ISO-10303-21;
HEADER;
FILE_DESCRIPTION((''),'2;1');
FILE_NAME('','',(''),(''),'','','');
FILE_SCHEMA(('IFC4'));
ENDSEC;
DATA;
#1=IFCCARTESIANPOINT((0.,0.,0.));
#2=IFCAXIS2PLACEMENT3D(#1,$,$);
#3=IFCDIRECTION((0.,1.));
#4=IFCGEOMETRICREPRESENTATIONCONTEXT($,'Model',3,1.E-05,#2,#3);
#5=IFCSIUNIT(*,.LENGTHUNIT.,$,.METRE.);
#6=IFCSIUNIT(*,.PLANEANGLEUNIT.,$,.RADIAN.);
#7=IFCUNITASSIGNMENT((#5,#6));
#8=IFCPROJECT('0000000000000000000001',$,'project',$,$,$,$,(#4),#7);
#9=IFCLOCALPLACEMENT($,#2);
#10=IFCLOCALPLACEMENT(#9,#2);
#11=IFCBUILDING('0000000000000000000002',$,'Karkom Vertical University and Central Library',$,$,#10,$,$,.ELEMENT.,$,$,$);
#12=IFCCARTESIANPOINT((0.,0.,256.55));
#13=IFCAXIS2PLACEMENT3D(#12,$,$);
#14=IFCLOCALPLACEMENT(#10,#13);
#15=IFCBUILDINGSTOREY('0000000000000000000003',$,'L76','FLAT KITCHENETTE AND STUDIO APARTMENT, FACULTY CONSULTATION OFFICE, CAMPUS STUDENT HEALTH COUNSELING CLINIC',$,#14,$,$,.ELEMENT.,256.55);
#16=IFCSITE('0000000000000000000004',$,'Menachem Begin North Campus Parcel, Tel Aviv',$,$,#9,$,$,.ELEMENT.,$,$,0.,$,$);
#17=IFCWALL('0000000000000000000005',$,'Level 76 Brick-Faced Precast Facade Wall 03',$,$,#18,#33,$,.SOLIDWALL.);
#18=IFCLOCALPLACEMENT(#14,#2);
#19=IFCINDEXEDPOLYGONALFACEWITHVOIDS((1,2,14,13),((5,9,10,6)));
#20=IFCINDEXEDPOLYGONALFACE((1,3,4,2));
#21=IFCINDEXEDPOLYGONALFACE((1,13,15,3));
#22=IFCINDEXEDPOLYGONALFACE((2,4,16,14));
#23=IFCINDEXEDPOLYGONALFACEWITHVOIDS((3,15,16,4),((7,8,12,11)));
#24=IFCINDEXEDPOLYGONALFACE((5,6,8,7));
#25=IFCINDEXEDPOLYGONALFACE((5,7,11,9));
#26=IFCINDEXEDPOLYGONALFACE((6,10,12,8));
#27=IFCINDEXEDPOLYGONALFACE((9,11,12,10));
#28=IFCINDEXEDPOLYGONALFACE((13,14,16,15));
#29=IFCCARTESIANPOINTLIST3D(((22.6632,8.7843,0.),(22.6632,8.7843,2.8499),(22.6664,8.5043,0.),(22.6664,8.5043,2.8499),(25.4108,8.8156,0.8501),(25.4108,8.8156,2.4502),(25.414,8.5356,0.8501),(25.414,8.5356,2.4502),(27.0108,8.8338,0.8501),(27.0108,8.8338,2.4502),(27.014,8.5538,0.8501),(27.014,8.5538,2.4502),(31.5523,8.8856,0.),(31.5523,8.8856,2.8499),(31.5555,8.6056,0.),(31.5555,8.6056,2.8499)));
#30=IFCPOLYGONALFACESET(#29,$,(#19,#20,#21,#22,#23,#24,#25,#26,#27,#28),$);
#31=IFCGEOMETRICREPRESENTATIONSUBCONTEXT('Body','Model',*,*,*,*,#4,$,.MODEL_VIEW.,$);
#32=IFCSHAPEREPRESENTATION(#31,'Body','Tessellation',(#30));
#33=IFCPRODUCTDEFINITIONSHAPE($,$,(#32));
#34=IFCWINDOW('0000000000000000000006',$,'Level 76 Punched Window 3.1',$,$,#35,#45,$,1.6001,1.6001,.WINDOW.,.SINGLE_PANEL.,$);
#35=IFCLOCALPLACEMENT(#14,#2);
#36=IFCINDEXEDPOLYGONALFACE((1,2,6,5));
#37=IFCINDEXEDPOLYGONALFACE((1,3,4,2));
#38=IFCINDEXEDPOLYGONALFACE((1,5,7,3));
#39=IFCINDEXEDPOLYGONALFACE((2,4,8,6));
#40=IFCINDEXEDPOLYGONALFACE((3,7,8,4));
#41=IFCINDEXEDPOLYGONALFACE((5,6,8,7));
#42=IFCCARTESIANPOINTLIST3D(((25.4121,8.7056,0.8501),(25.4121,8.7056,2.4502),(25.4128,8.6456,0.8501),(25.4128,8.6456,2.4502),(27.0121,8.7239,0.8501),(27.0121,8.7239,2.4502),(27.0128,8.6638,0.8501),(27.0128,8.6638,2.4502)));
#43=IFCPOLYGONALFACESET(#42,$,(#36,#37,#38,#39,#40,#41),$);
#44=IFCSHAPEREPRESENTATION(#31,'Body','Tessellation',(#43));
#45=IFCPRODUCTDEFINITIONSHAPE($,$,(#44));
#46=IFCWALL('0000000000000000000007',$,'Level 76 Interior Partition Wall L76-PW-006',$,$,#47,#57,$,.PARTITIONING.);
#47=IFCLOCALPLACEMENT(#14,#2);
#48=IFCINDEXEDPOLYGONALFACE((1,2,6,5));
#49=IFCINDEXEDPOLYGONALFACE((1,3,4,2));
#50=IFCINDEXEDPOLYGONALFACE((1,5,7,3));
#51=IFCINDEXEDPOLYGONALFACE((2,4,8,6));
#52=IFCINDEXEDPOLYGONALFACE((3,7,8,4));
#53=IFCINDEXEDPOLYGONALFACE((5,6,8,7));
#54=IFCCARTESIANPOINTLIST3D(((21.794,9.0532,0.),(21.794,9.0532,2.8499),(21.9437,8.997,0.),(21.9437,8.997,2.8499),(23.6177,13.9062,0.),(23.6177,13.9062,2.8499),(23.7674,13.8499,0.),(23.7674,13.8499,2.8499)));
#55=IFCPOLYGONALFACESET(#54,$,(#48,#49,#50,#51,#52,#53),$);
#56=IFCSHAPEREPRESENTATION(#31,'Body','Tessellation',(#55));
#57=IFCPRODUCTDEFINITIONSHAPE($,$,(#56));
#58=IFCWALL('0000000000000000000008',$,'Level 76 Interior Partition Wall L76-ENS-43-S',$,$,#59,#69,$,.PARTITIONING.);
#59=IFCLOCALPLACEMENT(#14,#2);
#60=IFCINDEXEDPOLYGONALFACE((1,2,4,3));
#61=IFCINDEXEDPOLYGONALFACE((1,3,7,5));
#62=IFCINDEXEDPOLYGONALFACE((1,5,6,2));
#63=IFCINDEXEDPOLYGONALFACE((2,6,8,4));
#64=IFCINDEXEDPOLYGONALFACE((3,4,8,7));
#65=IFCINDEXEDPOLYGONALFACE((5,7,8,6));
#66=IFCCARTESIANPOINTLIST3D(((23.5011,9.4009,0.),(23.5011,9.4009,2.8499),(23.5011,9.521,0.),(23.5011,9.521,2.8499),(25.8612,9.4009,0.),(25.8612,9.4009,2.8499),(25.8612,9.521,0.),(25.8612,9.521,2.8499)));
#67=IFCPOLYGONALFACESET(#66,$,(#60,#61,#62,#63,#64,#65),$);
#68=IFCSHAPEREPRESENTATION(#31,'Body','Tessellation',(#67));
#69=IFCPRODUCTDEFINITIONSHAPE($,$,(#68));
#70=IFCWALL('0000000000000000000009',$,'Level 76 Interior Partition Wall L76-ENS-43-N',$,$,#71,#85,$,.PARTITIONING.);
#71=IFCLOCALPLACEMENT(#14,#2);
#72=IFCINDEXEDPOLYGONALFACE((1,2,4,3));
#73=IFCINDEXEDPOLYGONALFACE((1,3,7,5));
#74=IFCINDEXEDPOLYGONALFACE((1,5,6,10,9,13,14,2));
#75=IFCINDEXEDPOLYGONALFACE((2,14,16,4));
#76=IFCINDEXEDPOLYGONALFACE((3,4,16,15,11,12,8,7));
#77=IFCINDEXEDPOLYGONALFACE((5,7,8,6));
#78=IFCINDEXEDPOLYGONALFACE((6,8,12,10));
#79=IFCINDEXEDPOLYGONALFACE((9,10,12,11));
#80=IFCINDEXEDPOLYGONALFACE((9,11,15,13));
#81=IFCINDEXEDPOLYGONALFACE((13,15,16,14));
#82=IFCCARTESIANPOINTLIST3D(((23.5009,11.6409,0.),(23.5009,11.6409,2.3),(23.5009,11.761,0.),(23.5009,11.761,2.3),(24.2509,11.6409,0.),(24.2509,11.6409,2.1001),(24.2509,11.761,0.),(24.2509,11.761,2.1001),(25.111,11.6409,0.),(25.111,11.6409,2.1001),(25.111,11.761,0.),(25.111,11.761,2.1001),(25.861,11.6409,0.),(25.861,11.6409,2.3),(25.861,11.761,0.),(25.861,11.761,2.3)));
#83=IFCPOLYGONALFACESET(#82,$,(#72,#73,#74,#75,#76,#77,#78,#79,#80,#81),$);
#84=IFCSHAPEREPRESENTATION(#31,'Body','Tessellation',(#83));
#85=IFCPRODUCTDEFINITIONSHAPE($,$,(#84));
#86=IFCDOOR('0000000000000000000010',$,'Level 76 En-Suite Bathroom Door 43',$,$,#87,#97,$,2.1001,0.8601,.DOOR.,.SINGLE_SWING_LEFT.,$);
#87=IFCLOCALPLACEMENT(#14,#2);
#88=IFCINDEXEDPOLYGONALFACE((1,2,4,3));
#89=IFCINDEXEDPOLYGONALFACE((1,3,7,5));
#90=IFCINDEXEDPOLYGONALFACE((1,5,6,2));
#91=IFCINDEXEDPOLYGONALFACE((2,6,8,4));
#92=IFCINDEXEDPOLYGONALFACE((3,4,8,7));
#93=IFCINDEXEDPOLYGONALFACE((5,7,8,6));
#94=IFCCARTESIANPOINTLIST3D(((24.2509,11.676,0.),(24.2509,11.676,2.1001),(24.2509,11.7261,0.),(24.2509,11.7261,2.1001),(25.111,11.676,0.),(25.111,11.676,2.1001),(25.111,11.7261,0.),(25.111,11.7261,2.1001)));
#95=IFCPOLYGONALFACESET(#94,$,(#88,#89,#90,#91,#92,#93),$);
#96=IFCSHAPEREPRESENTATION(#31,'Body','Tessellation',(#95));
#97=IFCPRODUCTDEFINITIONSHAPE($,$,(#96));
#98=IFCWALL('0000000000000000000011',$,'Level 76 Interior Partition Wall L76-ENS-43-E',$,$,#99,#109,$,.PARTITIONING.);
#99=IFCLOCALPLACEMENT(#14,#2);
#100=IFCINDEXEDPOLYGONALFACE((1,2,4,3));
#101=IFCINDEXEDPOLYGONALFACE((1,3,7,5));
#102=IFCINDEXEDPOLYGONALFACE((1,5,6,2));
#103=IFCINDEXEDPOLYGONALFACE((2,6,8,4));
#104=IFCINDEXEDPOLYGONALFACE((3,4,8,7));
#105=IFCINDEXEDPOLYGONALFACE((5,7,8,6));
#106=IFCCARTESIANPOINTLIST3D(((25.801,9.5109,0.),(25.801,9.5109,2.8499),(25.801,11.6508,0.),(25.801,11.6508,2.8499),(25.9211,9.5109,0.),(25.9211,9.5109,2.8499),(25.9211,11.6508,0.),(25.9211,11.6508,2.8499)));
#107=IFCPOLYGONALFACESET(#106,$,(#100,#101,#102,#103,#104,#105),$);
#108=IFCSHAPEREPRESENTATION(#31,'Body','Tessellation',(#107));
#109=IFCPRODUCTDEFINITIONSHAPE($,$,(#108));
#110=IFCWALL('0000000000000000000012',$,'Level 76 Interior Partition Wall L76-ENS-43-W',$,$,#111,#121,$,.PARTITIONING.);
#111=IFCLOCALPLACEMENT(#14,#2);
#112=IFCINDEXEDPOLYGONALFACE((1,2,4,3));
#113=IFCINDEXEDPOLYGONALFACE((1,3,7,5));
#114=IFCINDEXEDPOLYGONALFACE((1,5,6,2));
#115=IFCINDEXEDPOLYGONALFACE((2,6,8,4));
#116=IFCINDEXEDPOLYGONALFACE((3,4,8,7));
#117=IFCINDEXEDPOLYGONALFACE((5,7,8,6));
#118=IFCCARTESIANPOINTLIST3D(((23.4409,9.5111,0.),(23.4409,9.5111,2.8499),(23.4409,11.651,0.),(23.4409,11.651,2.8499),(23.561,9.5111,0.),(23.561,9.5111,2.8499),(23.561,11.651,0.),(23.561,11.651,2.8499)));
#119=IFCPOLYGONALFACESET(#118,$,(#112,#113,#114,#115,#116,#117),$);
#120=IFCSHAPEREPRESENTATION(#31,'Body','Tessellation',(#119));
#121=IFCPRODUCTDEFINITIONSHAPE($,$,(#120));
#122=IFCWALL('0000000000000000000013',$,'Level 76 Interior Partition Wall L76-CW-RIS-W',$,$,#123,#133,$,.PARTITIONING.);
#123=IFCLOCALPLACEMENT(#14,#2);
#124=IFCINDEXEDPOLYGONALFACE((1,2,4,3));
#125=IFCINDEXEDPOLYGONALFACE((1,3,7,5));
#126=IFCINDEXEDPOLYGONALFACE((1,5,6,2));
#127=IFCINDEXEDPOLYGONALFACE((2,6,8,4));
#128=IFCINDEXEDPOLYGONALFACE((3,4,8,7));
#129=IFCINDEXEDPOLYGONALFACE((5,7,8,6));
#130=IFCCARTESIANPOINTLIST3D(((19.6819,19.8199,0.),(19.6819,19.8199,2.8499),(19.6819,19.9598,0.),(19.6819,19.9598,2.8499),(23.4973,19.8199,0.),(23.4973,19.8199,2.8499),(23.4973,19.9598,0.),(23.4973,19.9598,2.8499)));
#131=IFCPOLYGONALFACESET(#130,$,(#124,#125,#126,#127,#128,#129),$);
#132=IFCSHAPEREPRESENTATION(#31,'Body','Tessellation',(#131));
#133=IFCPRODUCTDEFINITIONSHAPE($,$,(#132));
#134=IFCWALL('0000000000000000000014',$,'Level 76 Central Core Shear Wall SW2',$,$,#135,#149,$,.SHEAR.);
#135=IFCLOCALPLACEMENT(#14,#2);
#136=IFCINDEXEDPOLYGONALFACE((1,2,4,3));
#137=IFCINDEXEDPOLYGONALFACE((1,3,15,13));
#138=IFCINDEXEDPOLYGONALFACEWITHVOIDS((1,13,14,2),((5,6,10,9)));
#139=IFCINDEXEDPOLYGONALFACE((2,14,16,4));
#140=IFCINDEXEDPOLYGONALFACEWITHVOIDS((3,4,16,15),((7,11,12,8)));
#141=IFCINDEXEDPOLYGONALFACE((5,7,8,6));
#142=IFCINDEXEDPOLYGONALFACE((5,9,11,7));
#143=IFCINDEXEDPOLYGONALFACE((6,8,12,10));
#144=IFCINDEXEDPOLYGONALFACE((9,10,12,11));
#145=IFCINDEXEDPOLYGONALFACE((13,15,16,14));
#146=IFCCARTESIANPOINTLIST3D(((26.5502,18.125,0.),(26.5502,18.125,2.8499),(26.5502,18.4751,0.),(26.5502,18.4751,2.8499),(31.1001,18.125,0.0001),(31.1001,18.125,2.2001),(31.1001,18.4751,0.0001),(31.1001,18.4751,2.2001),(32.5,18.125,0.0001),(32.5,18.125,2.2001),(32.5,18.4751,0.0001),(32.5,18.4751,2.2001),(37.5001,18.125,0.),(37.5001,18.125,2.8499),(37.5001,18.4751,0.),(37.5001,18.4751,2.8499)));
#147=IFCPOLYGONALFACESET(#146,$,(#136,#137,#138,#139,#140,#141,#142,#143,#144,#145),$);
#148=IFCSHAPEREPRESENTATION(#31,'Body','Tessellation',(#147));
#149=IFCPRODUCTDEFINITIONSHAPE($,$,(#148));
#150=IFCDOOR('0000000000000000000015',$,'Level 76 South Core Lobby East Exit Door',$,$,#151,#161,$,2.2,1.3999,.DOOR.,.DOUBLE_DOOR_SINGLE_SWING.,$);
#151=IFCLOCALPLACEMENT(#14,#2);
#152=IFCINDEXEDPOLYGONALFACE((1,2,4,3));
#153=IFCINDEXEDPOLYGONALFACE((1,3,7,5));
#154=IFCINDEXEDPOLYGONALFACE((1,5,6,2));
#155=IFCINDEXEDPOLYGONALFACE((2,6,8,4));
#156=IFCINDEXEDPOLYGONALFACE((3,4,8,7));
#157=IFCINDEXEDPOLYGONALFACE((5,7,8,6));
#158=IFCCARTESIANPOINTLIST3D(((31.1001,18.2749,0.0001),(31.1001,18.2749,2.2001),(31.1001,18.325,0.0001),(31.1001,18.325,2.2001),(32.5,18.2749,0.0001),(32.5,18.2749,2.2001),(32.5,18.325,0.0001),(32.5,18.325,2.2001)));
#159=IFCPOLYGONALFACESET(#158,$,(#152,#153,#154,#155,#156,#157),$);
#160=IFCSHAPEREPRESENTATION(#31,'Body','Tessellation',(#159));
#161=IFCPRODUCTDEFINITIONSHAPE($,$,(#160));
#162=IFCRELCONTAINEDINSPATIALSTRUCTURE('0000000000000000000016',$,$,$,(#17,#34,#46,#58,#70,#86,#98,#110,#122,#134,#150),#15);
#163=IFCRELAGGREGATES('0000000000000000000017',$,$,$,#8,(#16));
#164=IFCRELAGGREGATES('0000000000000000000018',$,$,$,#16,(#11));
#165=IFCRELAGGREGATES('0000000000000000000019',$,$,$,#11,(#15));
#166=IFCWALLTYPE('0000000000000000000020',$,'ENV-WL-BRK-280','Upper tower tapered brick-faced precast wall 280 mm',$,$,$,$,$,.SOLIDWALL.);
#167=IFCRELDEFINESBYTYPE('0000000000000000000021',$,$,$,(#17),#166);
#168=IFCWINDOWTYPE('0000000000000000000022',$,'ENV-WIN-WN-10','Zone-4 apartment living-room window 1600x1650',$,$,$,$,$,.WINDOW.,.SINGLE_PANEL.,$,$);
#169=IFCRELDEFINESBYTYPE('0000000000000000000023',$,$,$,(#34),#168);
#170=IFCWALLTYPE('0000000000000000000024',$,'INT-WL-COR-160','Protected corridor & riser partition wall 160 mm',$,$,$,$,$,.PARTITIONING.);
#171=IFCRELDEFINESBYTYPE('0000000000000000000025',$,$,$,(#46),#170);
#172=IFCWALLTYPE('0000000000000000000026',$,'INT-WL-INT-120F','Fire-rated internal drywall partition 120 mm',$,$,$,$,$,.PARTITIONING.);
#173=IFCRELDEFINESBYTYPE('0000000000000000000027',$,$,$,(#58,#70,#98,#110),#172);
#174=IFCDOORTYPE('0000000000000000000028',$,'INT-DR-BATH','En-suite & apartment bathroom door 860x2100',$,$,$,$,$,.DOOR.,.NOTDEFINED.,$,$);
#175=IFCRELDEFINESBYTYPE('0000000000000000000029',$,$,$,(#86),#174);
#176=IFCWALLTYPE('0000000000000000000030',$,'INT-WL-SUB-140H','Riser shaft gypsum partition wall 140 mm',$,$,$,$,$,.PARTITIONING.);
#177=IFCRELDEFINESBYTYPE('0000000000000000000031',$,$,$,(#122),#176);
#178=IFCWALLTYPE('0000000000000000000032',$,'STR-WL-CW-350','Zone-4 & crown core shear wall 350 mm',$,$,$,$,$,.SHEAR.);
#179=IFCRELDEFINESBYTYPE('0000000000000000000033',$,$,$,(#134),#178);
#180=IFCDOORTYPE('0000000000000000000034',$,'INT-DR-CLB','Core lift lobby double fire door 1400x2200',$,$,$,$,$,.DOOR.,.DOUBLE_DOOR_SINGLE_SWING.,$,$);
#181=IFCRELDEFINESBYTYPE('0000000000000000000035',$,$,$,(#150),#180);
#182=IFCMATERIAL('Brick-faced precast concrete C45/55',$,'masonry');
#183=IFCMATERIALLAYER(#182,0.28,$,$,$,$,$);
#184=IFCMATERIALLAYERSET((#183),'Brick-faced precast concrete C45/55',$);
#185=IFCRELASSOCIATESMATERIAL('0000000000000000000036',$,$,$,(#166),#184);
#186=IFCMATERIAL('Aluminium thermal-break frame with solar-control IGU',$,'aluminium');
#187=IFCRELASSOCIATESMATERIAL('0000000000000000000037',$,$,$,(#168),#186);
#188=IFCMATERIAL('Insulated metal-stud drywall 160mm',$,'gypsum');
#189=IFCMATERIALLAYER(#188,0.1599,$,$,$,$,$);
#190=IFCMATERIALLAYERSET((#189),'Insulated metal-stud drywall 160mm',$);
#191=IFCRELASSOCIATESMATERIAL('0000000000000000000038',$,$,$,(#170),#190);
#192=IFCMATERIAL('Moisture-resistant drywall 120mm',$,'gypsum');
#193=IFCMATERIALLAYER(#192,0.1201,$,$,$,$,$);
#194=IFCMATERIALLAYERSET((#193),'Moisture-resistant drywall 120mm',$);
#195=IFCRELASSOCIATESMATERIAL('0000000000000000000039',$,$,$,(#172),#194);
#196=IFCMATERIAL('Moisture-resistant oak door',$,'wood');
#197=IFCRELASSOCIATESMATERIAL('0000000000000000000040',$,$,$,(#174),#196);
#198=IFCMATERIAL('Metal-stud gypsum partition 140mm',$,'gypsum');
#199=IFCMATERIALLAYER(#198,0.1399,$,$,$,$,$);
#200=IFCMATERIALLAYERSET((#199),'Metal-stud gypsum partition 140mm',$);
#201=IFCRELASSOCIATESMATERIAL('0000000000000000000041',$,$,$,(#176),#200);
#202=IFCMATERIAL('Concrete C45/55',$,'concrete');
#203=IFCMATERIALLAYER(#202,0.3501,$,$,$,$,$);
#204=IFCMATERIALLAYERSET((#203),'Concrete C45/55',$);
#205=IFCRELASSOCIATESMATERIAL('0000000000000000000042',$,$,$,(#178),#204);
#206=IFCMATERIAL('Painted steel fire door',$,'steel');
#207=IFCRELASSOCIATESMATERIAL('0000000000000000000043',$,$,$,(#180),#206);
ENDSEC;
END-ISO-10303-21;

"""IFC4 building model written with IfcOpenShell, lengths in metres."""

from ifc_helpers import new_model, si_unit, direction, frame, frame_2d, origin, origin_with_axes, place, context, subcontext, project, spatial, rectangle, extrude, source, transform, mapped, material, layer, layer_set, type_object, element, fill, save


model = new_model("IFC4")

# Units and contexts
model_context = context("Model", 3, precision=1e-05, world=origin(), true_north=direction((0.0, 1.0)))
body_context = subcontext(model_context, "Body", "Model", "MODEL_VIEW")
ifc_project = project(units=[si_unit("LENGTHUNIT", "METRE"), si_unit("PLANEANGLEUNIT", "RADIAN")], contexts=[model_context])

# Site, building, storey
site_placement = place(None, origin())
site = spatial("IfcSite", under=ifc_project, at=site_placement, Name="Menachem Begin North Campus Parcel, Tel Aviv", CompositionType="ELEMENT", RefElevation=0.0)
building_placement = place(site_placement, origin())
building = spatial("IfcBuilding", under=site, at=building_placement, Name="Karkom Vertical University and Central Library", CompositionType="ELEMENT")
storey_placement = place(building_placement, frame((0.0, 0.0, 256.55)))
storey = spatial("IfcBuildingStorey", under=building, at=storey_placement, Name="L76", Description="FLAT KITCHENETTE AND STUDIO APARTMENT, FACULTY CONSULTATION OFFICE, CAMPUS STUDENT HEALTH COUNSELING CLINIC", CompositionType="ELEMENT", Elevation=256.55)

# Shared definitions
ifc_material_1 = material(Name="Concrete C45/55", Category="concrete")

# Wall, opening, window
ifc_material_2 = material(Name="Brick-faced precast concrete C45/55", Category="masonry")
ifc_layer_1 = layer(ifc_material_2, 0.28)
ifc_layer_set_1 = layer_set([ifc_layer_1], Name="Brick-faced precast concrete C45/55")
wall_type_1 = type_object("IfcWallType", Name="ENV-WL-BRK-280", Description="Upper tower tapered brick-faced precast wall 280 mm", PredefinedType="SOLIDWALL", material=ifc_layer_set_1)
wall_1_placement = place(storey_placement, frame((22.6648, 8.6443, 0.0), z_axis=(0.0, 0.0, 1.0), x_axis=(0.999935, 0.011397, 0.0)))
wall_1 = element("IfcWall", 1, at=wall_1_placement, inside=storey, type_object=wall_type_1, Name="Level 76 Brick-Faced Precast Facade Wall 03", PredefinedType="SOLIDWALL", context=body_context, shape_type="SweptSolid", body=[
    extrude(rectangle(XDim=8.8896, YDim=0.28, at=frame_2d((4.4448, 0.0))), origin(), (0.0, 0.0, 1.0), 2.8499),
])
opening_1_placement = place(wall_1_placement, frame((2.7478, 0.0, 0.8501)))
opening_1 = element("IfcOpeningElement", 2, at=opening_1_placement, cuts=wall_1, PredefinedType="OPENING", context=body_context, shape_type="SweptSolid", body=[
    extrude(rectangle(XDim=1.6001, YDim=1.6001, at=frame_2d((0.8, 0.8))), frame((0.0, 0.1499, 0.0), z_axis=(0.0, -1.0, 0.0), x_axis=(1.0, 0.0, 0.0)), (0.0, 0.0, 1.0), 0.3),
])
ifc_material_3 = material(Name="Aluminium thermal-break frame with solar-control IGU", Category="aluminium")
window_type = type_object("IfcWindowType", Name="ENV-WIN-WN-10", Description="Zone-4 apartment living-room window 1600x1650", PartitioningType="SINGLE_PANEL", PredefinedType="WINDOW", material=ifc_material_3)
shared_shape_1 = source(origin_with_axes(), body_context, "Body", "SweptSolid", [
    extrude(rectangle(XDim=1.6001, YDim=1.6001, at=frame_2d((0.8, 0.8))), frame((0.0, 0.03, 0.0), z_axis=(0.0, -1.0, 0.0), x_axis=(1.0, 0.0, 0.0)), (0.0, 0.0, 1.0), 0.0601),
])
window_placement = place(opening_1_placement, origin())
window = element("IfcWindow", 3, at=window_placement, inside=storey, type_object=window_type, Name="Level 76 Punched Window 3.1", OverallHeight=1.6001, OverallWidth=1.6001, PartitioningType="SINGLE_PANEL", PredefinedType="WINDOW", context=body_context, shape_type="MappedRepresentation", body=[
    mapped(shared_shape_1, transform((0.0, 0.0, 0.0), scale=1.0)),
])
fill(opening_1, window)

# Walls
ifc_material_4 = material(Name="Insulated metal-stud drywall 160mm", Category="gypsum")
ifc_layer_2 = layer(ifc_material_4, 0.1599)
ifc_layer_set_2 = layer_set([ifc_layer_2], Name="Insulated metal-stud drywall 160mm")
wall_type_2 = type_object("IfcWallType", Name="INT-WL-COR-160", Description="Protected corridor & riser partition wall 160 mm", PredefinedType="PARTITIONING", material=ifc_layer_set_2)
wall_2_placement = place(storey_placement, frame((23.6926, 13.8782, 0.0), z_axis=(0.0, 0.0, 1.0), x_axis=(-0.351774, -0.936085, 0.0)))
element("IfcWall", 4, at=wall_2_placement, inside=storey, type_object=wall_type_2, Name="Level 76 Interior Partition Wall L76-PW-006", PredefinedType="PARTITIONING", context=body_context, shape_type="SweptSolid", body=[
    extrude(rectangle(XDim=5.1843, YDim=0.1599, at=frame_2d((2.5923, 0.0))), origin(), (0.0, 0.0, 1.0), 2.8499),
])
ifc_material_5 = material(Name="Moisture-resistant drywall 120mm", Category="gypsum")
ifc_layer_3 = layer(ifc_material_5, 0.1201)
ifc_layer_set_3 = layer_set([ifc_layer_3], Name="Moisture-resistant drywall 120mm")
wall_type_3 = type_object("IfcWallType", Name="INT-WL-INT-120F", Description="Fire-rated internal drywall partition 120 mm", PredefinedType="PARTITIONING", material=ifc_layer_set_3)
wall_3_placement = place(storey_placement, frame((23.501, 9.4609, 0.0), z_axis=(0.0, 0.0, 1.0), x_axis=(1.0, 0.0, 0.0)))
element("IfcWall", 5, at=wall_3_placement, inside=storey, type_object=wall_type_3, Name="Level 76 Interior Partition Wall L76-ENS-43-S", PredefinedType="PARTITIONING", context=body_context, shape_type="SweptSolid", body=[
    extrude(rectangle(XDim=2.3601, YDim=0.1201, at=frame_2d((1.1802, 0.0))), origin(), (0.0, 0.0, 1.0), 2.8499),
])

# Wall, opening, door
wall_4_placement = place(storey_placement, frame((25.8611, 11.7009, 0.0), z_axis=(0.0, 0.0, 1.0), x_axis=(-1.0, 0.0, 0.0)))
wall_4 = element("IfcWall", 6, at=wall_4_placement, inside=storey, type_object=wall_type_3, Name="Level 76 Interior Partition Wall L76-ENS-43-N", PredefinedType="PARTITIONING", context=body_context, shape_type="SweptSolid", body=[
    extrude(rectangle(XDim=2.3601, YDim=0.1201, at=frame_2d((1.1802, 0.0))), origin(), (0.0, 0.0, 1.0), 2.3),
])
opening_2_placement = place(wall_4_placement, frame((0.75, 0.0, 0.0)))
opening_2 = element("IfcOpeningElement", 7, at=opening_2_placement, cuts=wall_4, PredefinedType="OPENING", context=body_context, shape_type="SweptSolid", body=[
    extrude(rectangle(XDim=0.8601, YDim=2.1001, at=frame_2d((0.4302, 1.05))), frame((0.0, 0.0701, 0.0), z_axis=(0.0, -1.0, 0.0), x_axis=(1.0, 0.0, 0.0)), (0.0, 0.0, 1.0), 0.1401),
])
ifc_material_6 = material(Name="Moisture-resistant oak door", Category="wood")
door_type_1 = type_object("IfcDoorType", Name="INT-DR-BATH", Description="En-suite & apartment bathroom door 860x2100", OperationType="NOTDEFINED", PredefinedType="DOOR", material=ifc_material_6)
shared_shape_2 = source(origin_with_axes(), body_context, "Body", "SweptSolid", [
    extrude(rectangle(XDim=0.8601, YDim=2.1001, at=frame_2d((0.4302, 1.05))), frame((0.0, 0.0249, 0.0), z_axis=(0.0, -1.0, 0.0), x_axis=(1.0, 0.0, 0.0)), (0.0, 0.0, 1.0), 0.05),
])
door_1_placement = place(opening_2_placement, origin())
door_1 = element("IfcDoor", 8, at=door_1_placement, inside=storey, type_object=door_type_1, Name="Level 76 En-Suite Bathroom Door 43", OperationType="SINGLE_SWING_LEFT", OverallHeight=2.1001, OverallWidth=0.8601, PredefinedType="DOOR", context=body_context, shape_type="MappedRepresentation", body=[
    mapped(shared_shape_2, transform((0.0, 0.0, 0.0), scale=1.0)),
])
fill(opening_2, door_1)

# Walls
for number, where, z_axis, x_axis, name in (
    (9, (25.8611, 9.511, 0.0), (0.0, 0.0, 1.0), (0.0, 1.0, 0.0), "Level 76 Interior Partition Wall L76-ENS-43-E"),
    (10, (23.501, 11.6509, 0.0), (0.0, 0.0, 1.0), (0.0, -1.0, 0.0), "Level 76 Interior Partition Wall L76-ENS-43-W"),
):
    element("IfcWall", number, at=place(storey_placement, frame(where, z_axis=z_axis, x_axis=x_axis)), inside=storey, type_object=wall_type_3, Name=name, PredefinedType="PARTITIONING", context=body_context, shape_type="SweptSolid", body=[
        extrude(rectangle(XDim=2.1399, YDim=0.1201, at=frame_2d((1.0698, 0.0))), origin(), (0.0, 0.0, 1.0), 2.8499),
    ])
ifc_material_7 = material(Name="Metal-stud gypsum partition 140mm", Category="gypsum")
ifc_layer_4 = layer(ifc_material_7, 0.1399)
ifc_layer_set_4 = layer_set([ifc_layer_4], Name="Metal-stud gypsum partition 140mm")
wall_type_4 = type_object("IfcWallType", Name="INT-WL-SUB-140H", Description="Riser shaft gypsum partition wall 140 mm", PredefinedType="PARTITIONING", material=ifc_layer_set_4)
wall_5_placement = place(storey_placement, frame((19.6819, 19.8899, 0.0), z_axis=(0.0, 0.0, 1.0), x_axis=(1.0, 0.0, 0.0)))
element("IfcWall", 11, at=wall_5_placement, inside=storey, type_object=wall_type_4, Name="Level 76 Interior Partition Wall L76-CW-RIS-W", PredefinedType="PARTITIONING", context=body_context, shape_type="SweptSolid", body=[
    extrude(rectangle(XDim=3.8154, YDim=0.1399, at=frame_2d((1.9077, 0.0))), origin(), (0.0, 0.0, 1.0), 2.8499),
])

# Wall, opening, door
ifc_layer_5 = layer(ifc_material_1, 0.3501)
ifc_layer_set_5 = layer_set([ifc_layer_5], Name="Concrete C45/55")
wall_type_5 = type_object("IfcWallType", Name="STR-WL-CW-350", Description="Zone-4 & crown core shear wall 350 mm", PredefinedType="SHEAR", material=ifc_layer_set_5)
wall_6_placement = place(storey_placement, frame((26.55, 18.3, 0.0), z_axis=(0.0, 0.0, 1.0), x_axis=(1.0, 0.0, 0.0)))
wall_6 = element("IfcWall", 12, at=wall_6_placement, inside=storey, type_object=wall_type_5, Name="Level 76 Central Core Shear Wall SW2", PredefinedType="SHEAR", context=body_context, shape_type="SweptSolid", body=[
    extrude(rectangle(XDim=10.95, YDim=0.3501, at=frame_2d((5.4751, 0.0))), origin(), (0.0, 0.0, 1.0), 2.8499),
])
opening_3_placement = place(wall_6_placement, frame((4.55, 0.0, 0.0)))
opening_3 = element("IfcOpeningElement", 13, at=opening_3_placement, cuts=wall_6, PredefinedType="OPENING", context=body_context, shape_type="SweptSolid", body=[
    extrude(rectangle(XDim=1.3999, YDim=2.2, at=frame_2d((0.7, 1.1001))), frame((0.0, 0.1851, 0.0), z_axis=(0.0, -1.0, 0.0), x_axis=(1.0, 0.0, 0.0)), (0.0, 0.0, 1.0), 0.3701),
])
ifc_material_8 = material(Name="Painted steel fire door", Category="steel")
door_type_2 = type_object("IfcDoorType", Name="INT-DR-CLB", Description="Core lift lobby double fire door 1400x2200", OperationType="DOUBLE_DOOR_SINGLE_SWING", PredefinedType="DOOR", material=ifc_material_8)
shared_shape_3 = source(origin_with_axes(), body_context, "Body", "SweptSolid", [
    extrude(rectangle(XDim=1.3999, YDim=2.2, at=frame_2d((0.7, 1.1001))), frame((0.0, 0.0249, 0.0), z_axis=(0.0, -1.0, 0.0), x_axis=(1.0, 0.0, 0.0)), (0.0, 0.0, 1.0), 0.05),
])
door_2_placement = place(opening_3_placement, origin())
door_2 = element("IfcDoor", 14, at=door_2_placement, inside=storey, type_object=door_type_2, Name="Level 76 South Core Lobby East Exit Door", OperationType="DOUBLE_DOOR_SINGLE_SWING", OverallHeight=2.2, OverallWidth=1.3999, PredefinedType="DOOR", context=body_context, shape_type="MappedRepresentation", body=[
    mapped(shared_shape_3, transform((0.0, 0.0, 0.0), scale=1.0)),
])
fill(opening_3, door_2)

save(model, "model.ifc")
